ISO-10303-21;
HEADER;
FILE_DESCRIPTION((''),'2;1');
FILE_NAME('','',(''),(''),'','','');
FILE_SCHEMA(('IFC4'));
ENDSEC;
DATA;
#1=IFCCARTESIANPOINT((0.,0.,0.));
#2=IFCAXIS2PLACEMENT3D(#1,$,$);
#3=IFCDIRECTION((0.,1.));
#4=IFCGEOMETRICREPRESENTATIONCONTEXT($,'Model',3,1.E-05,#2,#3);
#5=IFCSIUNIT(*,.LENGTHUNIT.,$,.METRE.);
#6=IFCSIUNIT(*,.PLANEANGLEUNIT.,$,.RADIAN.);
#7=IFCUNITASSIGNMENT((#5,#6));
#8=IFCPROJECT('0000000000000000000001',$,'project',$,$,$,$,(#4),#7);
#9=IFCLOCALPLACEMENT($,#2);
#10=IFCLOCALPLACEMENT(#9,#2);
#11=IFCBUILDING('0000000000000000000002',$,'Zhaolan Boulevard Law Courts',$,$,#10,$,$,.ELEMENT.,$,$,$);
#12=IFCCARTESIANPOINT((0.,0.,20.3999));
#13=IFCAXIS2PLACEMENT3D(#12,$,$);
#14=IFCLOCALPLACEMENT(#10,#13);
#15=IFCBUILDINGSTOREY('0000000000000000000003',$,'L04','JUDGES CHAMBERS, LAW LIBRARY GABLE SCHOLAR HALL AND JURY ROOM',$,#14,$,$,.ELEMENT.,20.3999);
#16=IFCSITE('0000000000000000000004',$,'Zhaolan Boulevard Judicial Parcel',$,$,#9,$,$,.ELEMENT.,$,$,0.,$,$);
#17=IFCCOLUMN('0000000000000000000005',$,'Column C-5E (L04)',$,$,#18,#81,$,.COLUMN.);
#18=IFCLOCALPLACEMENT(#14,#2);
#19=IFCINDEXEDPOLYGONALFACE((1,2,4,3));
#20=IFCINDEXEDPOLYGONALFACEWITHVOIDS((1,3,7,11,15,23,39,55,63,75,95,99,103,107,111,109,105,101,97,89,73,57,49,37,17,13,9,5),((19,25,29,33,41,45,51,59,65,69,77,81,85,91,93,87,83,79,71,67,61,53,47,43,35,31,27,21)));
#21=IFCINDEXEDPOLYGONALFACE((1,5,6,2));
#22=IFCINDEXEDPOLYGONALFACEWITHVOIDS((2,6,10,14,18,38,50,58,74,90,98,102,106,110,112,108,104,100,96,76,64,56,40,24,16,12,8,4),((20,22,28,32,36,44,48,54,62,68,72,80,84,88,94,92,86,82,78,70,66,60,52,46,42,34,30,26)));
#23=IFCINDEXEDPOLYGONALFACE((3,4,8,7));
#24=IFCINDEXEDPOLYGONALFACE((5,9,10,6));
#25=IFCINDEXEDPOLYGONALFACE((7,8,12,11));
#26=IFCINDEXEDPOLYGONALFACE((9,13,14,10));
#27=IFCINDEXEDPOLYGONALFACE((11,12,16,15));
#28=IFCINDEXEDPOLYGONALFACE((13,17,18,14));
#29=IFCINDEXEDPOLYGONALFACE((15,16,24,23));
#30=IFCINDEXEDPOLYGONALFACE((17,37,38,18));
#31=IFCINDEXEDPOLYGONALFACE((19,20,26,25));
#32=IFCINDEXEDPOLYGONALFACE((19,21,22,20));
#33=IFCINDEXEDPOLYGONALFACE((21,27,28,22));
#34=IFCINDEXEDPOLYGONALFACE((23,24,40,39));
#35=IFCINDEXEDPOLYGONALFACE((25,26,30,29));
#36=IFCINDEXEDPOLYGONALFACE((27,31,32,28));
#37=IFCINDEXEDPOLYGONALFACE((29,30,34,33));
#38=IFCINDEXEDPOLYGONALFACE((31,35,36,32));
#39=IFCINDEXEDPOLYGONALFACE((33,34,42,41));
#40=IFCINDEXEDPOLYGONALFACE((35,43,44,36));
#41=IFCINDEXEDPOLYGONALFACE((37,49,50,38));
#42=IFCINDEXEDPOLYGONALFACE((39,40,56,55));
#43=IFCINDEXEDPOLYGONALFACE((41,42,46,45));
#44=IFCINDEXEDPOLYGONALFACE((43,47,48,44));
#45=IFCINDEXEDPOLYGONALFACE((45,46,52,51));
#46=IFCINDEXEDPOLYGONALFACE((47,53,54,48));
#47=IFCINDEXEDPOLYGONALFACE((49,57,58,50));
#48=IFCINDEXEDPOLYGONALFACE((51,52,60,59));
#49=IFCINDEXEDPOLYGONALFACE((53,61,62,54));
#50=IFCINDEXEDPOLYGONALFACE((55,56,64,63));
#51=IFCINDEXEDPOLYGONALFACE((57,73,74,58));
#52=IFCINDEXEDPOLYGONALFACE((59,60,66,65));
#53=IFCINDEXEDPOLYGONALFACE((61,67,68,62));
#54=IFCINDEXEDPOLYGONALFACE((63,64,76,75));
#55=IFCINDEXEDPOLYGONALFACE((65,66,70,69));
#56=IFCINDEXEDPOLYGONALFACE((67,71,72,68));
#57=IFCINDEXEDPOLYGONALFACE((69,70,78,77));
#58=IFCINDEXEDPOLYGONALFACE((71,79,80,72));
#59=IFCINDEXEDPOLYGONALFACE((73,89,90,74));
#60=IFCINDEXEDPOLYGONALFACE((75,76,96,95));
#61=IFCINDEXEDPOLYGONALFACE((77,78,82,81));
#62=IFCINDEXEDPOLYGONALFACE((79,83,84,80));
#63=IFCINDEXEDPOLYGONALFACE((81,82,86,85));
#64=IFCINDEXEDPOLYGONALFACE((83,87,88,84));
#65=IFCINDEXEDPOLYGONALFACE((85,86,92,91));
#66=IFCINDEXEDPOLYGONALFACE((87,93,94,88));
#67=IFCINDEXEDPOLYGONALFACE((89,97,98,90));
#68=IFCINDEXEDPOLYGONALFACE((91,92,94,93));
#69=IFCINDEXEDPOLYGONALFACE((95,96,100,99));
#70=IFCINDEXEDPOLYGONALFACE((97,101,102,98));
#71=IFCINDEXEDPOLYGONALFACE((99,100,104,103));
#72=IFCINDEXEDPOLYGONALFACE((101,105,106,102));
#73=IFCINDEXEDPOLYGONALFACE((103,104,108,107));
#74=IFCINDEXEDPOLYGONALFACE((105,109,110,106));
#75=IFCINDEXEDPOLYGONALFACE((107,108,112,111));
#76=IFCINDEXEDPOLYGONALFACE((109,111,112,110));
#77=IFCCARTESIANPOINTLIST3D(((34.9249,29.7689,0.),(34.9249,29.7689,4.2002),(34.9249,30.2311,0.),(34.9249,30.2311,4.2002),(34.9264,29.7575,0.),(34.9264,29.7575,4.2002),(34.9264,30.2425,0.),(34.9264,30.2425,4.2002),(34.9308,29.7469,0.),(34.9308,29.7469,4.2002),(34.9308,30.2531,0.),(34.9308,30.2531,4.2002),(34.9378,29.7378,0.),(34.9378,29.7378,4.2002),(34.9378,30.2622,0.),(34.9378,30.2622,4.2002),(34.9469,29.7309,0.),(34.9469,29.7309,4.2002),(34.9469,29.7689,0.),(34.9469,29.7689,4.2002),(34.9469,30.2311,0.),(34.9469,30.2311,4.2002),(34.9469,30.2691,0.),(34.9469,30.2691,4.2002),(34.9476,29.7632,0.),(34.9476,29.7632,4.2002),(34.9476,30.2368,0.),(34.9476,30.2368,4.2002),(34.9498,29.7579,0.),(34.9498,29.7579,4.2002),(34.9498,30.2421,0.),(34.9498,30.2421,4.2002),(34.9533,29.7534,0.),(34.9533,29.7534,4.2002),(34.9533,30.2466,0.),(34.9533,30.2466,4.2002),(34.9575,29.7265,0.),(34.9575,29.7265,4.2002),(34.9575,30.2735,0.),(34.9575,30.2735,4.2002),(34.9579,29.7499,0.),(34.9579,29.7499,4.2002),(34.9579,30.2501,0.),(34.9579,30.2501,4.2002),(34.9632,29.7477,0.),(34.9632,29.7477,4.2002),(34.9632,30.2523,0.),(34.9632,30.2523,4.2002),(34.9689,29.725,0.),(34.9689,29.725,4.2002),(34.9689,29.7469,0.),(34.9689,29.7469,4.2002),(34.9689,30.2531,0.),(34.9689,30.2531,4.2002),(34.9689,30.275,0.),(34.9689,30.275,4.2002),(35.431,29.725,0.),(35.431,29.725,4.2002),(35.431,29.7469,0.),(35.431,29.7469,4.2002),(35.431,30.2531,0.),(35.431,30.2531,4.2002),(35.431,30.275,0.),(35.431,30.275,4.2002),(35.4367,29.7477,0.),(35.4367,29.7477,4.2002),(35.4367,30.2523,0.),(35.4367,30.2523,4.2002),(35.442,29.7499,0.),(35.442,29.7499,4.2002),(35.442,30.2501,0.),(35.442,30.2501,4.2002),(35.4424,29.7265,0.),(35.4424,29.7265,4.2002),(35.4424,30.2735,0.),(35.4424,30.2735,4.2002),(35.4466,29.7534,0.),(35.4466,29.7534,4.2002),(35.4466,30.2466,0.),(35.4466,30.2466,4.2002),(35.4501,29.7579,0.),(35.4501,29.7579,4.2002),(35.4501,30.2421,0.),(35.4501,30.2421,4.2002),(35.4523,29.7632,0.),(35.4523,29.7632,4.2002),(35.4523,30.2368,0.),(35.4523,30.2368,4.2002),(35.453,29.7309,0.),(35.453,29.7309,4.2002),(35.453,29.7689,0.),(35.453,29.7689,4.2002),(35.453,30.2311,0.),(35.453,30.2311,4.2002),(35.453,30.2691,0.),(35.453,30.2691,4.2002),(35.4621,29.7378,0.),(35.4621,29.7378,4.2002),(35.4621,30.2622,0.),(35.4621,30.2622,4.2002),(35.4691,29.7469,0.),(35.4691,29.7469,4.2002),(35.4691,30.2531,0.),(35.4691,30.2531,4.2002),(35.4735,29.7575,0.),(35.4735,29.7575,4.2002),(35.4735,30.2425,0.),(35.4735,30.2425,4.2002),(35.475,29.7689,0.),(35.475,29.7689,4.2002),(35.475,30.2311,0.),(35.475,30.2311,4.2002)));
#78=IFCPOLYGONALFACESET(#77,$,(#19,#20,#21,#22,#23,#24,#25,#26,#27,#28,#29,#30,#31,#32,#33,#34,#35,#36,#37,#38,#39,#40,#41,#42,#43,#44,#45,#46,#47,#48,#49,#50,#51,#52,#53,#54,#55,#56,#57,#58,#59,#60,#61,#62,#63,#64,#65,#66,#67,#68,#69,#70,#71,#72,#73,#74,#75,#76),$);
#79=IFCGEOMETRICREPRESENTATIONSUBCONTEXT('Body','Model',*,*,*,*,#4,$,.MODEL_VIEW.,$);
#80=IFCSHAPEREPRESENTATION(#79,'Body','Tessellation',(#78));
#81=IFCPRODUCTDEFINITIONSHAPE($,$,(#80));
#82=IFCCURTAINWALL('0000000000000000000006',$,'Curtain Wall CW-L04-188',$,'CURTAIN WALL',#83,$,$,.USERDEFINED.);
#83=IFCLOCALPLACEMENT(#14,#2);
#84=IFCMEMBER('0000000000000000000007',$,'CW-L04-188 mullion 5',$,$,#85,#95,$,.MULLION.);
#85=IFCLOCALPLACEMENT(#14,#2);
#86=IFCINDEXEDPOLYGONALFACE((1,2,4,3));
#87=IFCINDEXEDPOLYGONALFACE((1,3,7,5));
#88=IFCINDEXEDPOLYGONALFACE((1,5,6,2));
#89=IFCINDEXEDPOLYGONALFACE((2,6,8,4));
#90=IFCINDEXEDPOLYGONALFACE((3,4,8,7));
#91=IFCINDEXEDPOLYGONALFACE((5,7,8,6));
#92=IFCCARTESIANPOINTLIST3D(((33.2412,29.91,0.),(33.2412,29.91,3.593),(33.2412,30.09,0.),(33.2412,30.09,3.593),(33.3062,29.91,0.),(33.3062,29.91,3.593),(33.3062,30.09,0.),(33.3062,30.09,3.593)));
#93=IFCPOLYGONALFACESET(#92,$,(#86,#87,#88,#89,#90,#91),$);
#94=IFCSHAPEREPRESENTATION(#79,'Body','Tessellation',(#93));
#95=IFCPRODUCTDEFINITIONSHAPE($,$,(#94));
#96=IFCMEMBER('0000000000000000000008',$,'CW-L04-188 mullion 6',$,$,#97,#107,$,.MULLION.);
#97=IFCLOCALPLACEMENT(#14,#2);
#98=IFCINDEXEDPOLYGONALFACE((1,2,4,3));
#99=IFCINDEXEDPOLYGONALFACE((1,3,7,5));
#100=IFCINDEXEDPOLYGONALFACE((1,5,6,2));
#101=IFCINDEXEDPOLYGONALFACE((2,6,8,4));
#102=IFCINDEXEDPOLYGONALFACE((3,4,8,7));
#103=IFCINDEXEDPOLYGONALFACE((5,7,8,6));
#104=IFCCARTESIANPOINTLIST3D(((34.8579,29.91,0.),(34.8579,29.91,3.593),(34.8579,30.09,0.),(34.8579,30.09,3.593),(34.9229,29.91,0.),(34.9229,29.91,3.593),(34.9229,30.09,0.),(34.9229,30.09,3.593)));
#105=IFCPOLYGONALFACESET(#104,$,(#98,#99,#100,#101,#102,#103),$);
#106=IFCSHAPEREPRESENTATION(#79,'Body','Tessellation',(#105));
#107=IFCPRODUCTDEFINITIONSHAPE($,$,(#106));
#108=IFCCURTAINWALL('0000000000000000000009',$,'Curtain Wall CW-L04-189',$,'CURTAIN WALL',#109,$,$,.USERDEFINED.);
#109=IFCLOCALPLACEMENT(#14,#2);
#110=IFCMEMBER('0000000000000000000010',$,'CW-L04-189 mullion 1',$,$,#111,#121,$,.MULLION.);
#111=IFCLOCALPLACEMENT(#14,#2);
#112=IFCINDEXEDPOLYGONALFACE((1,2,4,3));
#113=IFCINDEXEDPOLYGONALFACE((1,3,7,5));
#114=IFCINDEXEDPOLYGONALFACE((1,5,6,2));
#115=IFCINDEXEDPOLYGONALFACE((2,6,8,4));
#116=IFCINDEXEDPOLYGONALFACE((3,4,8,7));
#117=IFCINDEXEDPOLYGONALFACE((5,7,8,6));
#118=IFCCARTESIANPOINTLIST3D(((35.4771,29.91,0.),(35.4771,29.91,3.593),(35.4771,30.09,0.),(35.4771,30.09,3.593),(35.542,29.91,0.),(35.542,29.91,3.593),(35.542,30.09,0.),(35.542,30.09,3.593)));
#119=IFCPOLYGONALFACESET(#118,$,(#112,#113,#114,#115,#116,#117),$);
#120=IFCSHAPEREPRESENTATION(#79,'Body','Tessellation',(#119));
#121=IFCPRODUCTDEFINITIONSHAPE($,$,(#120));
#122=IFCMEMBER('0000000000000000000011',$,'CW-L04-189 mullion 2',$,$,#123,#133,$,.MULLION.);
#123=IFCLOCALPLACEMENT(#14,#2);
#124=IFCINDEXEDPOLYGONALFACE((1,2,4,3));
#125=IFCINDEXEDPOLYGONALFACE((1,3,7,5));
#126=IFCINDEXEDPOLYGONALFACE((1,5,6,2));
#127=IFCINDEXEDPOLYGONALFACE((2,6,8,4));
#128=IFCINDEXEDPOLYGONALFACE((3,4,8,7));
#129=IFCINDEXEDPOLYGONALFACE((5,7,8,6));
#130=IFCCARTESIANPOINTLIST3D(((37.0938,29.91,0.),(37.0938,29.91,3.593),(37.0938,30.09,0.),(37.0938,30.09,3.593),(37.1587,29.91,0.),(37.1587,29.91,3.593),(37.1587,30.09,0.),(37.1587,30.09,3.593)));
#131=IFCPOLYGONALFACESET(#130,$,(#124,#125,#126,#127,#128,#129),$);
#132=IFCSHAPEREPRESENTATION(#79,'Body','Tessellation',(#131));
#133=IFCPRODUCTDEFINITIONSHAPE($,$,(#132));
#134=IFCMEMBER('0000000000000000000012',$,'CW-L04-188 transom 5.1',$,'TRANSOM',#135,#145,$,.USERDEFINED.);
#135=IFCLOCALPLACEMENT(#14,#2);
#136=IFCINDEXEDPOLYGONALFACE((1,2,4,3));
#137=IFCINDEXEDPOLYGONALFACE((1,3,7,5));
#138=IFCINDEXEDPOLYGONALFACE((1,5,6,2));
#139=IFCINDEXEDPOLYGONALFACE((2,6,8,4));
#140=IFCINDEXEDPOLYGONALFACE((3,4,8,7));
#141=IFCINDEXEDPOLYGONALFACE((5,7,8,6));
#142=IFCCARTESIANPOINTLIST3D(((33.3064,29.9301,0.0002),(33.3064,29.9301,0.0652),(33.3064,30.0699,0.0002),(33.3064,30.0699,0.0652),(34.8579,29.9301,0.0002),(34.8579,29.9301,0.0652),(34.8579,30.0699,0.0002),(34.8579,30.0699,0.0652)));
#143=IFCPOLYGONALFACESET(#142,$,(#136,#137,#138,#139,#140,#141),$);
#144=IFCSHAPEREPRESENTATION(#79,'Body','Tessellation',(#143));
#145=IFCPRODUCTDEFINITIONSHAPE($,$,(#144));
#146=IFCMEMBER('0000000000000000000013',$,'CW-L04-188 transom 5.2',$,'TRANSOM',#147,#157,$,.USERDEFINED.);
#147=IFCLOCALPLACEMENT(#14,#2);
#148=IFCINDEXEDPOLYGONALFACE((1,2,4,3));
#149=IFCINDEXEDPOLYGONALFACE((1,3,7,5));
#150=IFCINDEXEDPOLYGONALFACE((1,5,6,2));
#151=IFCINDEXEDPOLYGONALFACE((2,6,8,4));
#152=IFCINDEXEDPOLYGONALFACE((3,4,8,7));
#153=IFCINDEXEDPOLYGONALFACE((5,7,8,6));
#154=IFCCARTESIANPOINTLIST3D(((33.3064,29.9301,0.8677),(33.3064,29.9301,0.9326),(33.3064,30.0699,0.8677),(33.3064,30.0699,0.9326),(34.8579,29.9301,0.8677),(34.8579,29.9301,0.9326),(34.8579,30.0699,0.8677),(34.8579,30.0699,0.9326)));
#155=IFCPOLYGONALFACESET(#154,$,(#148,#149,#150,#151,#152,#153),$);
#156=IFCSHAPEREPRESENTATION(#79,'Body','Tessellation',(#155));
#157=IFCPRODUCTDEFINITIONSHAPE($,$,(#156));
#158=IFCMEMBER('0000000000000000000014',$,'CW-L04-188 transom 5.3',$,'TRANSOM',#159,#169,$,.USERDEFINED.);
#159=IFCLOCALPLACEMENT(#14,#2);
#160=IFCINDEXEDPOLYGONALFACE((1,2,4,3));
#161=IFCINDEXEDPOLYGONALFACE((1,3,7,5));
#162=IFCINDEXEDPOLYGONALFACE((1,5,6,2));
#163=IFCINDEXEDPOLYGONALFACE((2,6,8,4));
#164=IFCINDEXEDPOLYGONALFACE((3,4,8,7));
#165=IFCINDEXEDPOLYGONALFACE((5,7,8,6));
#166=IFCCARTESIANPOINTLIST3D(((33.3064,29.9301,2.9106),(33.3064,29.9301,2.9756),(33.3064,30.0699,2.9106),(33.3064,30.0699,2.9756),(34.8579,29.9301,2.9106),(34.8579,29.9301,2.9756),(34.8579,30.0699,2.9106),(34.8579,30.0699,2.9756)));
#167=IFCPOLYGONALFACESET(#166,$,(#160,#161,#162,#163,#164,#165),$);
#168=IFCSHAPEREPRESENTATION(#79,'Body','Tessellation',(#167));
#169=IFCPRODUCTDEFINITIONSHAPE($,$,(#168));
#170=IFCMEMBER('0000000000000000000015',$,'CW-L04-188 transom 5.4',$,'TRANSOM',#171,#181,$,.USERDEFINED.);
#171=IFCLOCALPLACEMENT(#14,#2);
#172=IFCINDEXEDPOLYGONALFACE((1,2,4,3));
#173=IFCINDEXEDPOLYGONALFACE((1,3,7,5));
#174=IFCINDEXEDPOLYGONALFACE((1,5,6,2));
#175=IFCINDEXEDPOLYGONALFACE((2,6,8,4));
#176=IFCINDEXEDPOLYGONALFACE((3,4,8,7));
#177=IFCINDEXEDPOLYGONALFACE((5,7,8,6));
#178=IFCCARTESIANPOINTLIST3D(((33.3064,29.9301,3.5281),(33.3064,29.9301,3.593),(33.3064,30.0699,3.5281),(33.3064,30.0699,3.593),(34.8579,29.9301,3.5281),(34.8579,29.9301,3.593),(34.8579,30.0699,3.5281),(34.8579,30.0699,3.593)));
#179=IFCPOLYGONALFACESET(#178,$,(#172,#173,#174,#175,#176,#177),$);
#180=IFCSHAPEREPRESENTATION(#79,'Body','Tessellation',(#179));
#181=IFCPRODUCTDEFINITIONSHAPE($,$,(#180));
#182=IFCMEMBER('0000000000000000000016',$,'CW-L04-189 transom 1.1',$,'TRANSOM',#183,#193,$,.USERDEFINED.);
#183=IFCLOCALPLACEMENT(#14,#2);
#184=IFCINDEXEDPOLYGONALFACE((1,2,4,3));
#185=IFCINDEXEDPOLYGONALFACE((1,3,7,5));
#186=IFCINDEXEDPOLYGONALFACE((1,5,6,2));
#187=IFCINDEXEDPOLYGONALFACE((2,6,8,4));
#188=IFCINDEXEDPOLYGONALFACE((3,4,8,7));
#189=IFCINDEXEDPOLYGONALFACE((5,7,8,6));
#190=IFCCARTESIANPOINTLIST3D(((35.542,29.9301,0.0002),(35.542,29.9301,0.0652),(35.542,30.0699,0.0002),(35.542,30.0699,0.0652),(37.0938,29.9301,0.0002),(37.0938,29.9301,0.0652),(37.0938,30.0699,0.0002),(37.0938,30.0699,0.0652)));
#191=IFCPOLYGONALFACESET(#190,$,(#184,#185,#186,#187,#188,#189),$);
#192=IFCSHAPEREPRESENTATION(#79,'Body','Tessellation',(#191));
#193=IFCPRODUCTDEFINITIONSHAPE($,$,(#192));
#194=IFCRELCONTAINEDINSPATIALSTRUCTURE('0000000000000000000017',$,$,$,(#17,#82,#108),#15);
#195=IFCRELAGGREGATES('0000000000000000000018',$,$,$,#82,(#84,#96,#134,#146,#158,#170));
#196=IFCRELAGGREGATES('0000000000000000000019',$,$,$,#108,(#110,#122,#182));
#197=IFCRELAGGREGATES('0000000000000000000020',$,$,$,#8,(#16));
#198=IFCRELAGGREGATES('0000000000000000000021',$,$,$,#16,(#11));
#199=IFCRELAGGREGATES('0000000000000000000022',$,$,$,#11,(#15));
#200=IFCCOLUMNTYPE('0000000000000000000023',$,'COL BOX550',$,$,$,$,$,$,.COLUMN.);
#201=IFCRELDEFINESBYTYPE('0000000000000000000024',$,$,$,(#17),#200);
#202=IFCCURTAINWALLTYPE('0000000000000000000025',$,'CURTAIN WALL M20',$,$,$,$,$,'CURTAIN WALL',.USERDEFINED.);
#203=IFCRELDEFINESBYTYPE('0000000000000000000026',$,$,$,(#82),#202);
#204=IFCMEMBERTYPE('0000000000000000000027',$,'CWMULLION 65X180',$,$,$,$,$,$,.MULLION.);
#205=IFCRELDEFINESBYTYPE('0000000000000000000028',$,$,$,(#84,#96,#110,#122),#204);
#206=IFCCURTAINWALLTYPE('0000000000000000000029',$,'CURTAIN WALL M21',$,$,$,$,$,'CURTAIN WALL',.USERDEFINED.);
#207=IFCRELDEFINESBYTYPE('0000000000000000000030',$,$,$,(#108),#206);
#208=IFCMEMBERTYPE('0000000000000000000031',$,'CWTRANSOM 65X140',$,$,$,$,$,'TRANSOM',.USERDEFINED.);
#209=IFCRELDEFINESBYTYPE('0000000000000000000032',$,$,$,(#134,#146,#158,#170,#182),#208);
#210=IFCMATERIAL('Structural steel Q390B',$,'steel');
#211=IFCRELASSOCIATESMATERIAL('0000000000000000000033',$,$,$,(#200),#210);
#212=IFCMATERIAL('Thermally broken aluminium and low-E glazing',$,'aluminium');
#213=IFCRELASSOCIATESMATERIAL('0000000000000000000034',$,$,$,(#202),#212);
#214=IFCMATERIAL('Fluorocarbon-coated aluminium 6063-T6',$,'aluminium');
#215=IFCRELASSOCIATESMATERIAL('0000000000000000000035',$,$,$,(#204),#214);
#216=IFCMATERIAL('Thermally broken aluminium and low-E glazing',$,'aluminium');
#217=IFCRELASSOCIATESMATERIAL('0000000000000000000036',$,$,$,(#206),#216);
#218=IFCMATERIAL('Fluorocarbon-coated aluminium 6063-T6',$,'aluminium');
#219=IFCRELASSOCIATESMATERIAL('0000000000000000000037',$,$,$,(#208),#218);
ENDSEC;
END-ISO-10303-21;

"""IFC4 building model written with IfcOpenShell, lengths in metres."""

from ifc_helpers import new_model, si_unit, direction, frame, origin, origin_2d, place, context, subcontext, project, spatial, rectangle, hollow_rectangle, extrude, material, material_profile, profile_set, type_object, element, aggregate, save


model = new_model("IFC4")

# Units and contexts
model_context = context("Model", 3, precision=1e-05, world=origin(), true_north=direction((0.0, 1.0)))
body_context = subcontext(model_context, "Body", "Model", "MODEL_VIEW")
ifc_project = project(units=[si_unit("LENGTHUNIT", "METRE"), si_unit("PLANEANGLEUNIT", "RADIAN")], contexts=[model_context])

# Site, building, storey
site_placement = place(None, origin())
site = spatial("IfcSite", under=ifc_project, at=site_placement, Name="Zhaolan Boulevard Judicial Parcel", CompositionType="ELEMENT", RefElevation=0.0)
building_placement = place(site_placement, origin())
building = spatial("IfcBuilding", under=site, at=building_placement, Name="Zhaolan Boulevard Law Courts", CompositionType="ELEMENT")
storey_placement = place(building_placement, frame((0.0, 0.0, 20.3999)))
storey = spatial("IfcBuildingStorey", under=building, at=storey_placement, Name="L04", Description="JUDGES CHAMBERS, LAW LIBRARY GABLE SCHOLAR HALL AND JURY ROOM", CompositionType="ELEMENT", Elevation=20.3999)

# Column
ifc_material_1 = material(Name="Structural steel Q390B", Category="steel")
ifc_material_profile_1 = material_profile(ifc_material_1, hollow_rectangle(XDim=0.55, YDim=0.55, WallThickness=0.022, InnerFilletRadius=0.022, OuterFilletRadius=0.0439, at=origin_2d()), Name="BOX550x550x22")
ifc_profile_set_1 = profile_set([ifc_material_profile_1], Name="Structural steel Q390B")
column_type = type_object("IfcColumnType", Name="COL BOX550", PredefinedType="COLUMN", material=ifc_profile_set_1)
column_placement = place(storey_placement, frame((35.2, 30.0, 0.0), z_axis=(0.0, 0.0, 1.0), x_axis=(1.0, 0.0, 0.0)))
element("IfcColumn", 1, at=column_placement, inside=storey, type_object=column_type, Name="Column C-5E (L04)", PredefinedType="COLUMN", context=body_context, shape_type="SweptSolid", body=[
    extrude(hollow_rectangle(XDim=0.55, YDim=0.55, WallThickness=0.022, InnerFilletRadius=0.022, OuterFilletRadius=0.0439, at=origin_2d()), origin(), (0.0, 0.0, 1.0), 4.2002),
])

# Curtain walls, members
ifc_material_2 = material(Name="Thermally broken aluminium and low-E glazing", Category="aluminium")
curtain_wall_type_1 = type_object("IfcCurtainWallType", Name="CURTAIN WALL M20", ElementType="CURTAIN WALL", PredefinedType="USERDEFINED", material=ifc_material_2)
curtain_wall_1_placement = place(storey_placement, origin())
curtain_wall_1 = element("IfcCurtainWall", 2, at=curtain_wall_1_placement, inside=storey, type_object=curtain_wall_type_1, Name="Curtain Wall CW-L04-188", ObjectType="CURTAIN WALL", PredefinedType="USERDEFINED")
ifc_material_3 = material(Name="Fluorocarbon-coated aluminium 6063-T6", Category="aluminium")
ifc_material_profile_2 = material_profile(ifc_material_3, rectangle(XDim=0.1799, YDim=0.0649, at=origin_2d()), Name="AL65x180")
ifc_profile_set_2 = profile_set([ifc_material_profile_2], Name="Fluorocarbon-coated aluminium 6063-T6")
member_type_1 = type_object("IfcMemberType", Name="CWMULLION 65X180", PredefinedType="MULLION", material=ifc_profile_set_2)
member_1_placement = place(storey_placement, frame((33.2737, 30.0, 0.0), z_axis=(0.0, 0.0, 1.0), x_axis=(0.0, 1.0, 0.0)))
member_1 = element("IfcMember", 3, at=member_1_placement, type_object=member_type_1, Name="CW-L04-188 mullion 5", PredefinedType="MULLION", context=body_context, shape_type="SweptSolid", body=[
    extrude(rectangle(XDim=0.1799, YDim=0.0649, at=origin_2d()), origin(), (0.0, 0.0, 1.0), 3.593),
])
member_2_placement = place(storey_placement, frame((34.8904, 30.0, 0.0), z_axis=(0.0, 0.0, 1.0), x_axis=(0.0, 1.0, 0.0)))
member_2 = element("IfcMember", 4, at=member_2_placement, type_object=member_type_1, Name="CW-L04-188 mullion 6", PredefinedType="MULLION", context=body_context, shape_type="SweptSolid", body=[
    extrude(rectangle(XDim=0.1799, YDim=0.0649, at=origin_2d()), origin(), (0.0, 0.0, 1.0), 3.593),
])
ifc_material_4 = material(Name="Thermally broken aluminium and low-E glazing", Category="aluminium")
curtain_wall_type_2 = type_object("IfcCurtainWallType", Name="CURTAIN WALL M21", ElementType="CURTAIN WALL", PredefinedType="USERDEFINED", material=ifc_material_4)
curtain_wall_2_placement = place(storey_placement, origin())
curtain_wall_2 = element("IfcCurtainWall", 5, at=curtain_wall_2_placement, inside=storey, type_object=curtain_wall_type_2, Name="Curtain Wall CW-L04-189", ObjectType="CURTAIN WALL", PredefinedType="USERDEFINED")
member_3_placement = place(storey_placement, frame((35.5095, 30.0, 0.0), z_axis=(0.0, 0.0, 1.0), x_axis=(0.0, 1.0, 0.0)))
member_3 = element("IfcMember", 6, at=member_3_placement, type_object=member_type_1, Name="CW-L04-189 mullion 1", PredefinedType="MULLION", context=body_context, shape_type="SweptSolid", body=[
    extrude(rectangle(XDim=0.1799, YDim=0.0649, at=origin_2d()), origin(), (0.0, 0.0, 1.0), 3.593),
])
member_4_placement = place(storey_placement, frame((37.1262, 30.0, 0.0), z_axis=(0.0, 0.0, 1.0), x_axis=(0.0, 1.0, 0.0)))
member_4 = element("IfcMember", 7, at=member_4_placement, type_object=member_type_1, Name="CW-L04-189 mullion 2", PredefinedType="MULLION", context=body_context, shape_type="SweptSolid", body=[
    extrude(rectangle(XDim=0.1799, YDim=0.0649, at=origin_2d()), origin(), (0.0, 0.0, 1.0), 3.593),
])

# Members
ifc_material_5 = material(Name="Fluorocarbon-coated aluminium 6063-T6", Category="aluminium")
ifc_material_profile_3 = material_profile(ifc_material_5, rectangle(XDim=0.1399, YDim=0.0649, at=origin_2d()), Name="AL65x140")
ifc_profile_set_3 = profile_set([ifc_material_profile_3], Name="Fluorocarbon-coated aluminium 6063-T6")
member_type_2 = type_object("IfcMemberType", Name="CWTRANSOM 65X140", ElementType="TRANSOM", PredefinedType="USERDEFINED", material=ifc_profile_set_3)
member_5_placement = place(storey_placement, frame((33.3064, 30.0, 0.0327), z_axis=(1.0, 0.0, 0.0), x_axis=(0.0, 1.0, 0.0)))
member_5 = element("IfcMember", 8, at=member_5_placement, type_object=member_type_2, Name="CW-L04-188 transom 5.1", ObjectType="TRANSOM", PredefinedType="USERDEFINED", context=body_context, shape_type="SweptSolid", body=[
    extrude(rectangle(XDim=0.1399, YDim=0.0649, at=origin_2d()), origin(), (0.0, 0.0, 1.0), 1.5515),
])
member_6_placement = place(storey_placement, frame((33.3064, 30.0, 0.9001), z_axis=(1.0, 0.0, 0.0), x_axis=(0.0, 1.0, 0.0)))
member_6 = element("IfcMember", 9, at=member_6_placement, type_object=member_type_2, Name="CW-L04-188 transom 5.2", ObjectType="TRANSOM", PredefinedType="USERDEFINED", context=body_context, shape_type="SweptSolid", body=[
    extrude(rectangle(XDim=0.1399, YDim=0.0649, at=origin_2d()), origin(), (0.0, 0.0, 1.0), 1.5515),
])
member_7_placement = place(storey_placement, frame((33.3064, 30.0, 2.9431), z_axis=(1.0, 0.0, 0.0), x_axis=(0.0, 1.0, 0.0)))
member_7 = element("IfcMember", 10, at=member_7_placement, type_object=member_type_2, Name="CW-L04-188 transom 5.3", ObjectType="TRANSOM", PredefinedType="USERDEFINED", context=body_context, shape_type="SweptSolid", body=[
    extrude(rectangle(XDim=0.1399, YDim=0.0649, at=origin_2d()), origin(), (0.0, 0.0, 1.0), 1.5515),
])
member_8_placement = place(storey_placement, frame((33.3064, 30.0, 3.5605), z_axis=(1.0, 0.0, 0.0), x_axis=(0.0, 1.0, 0.0)))
member_8 = element("IfcMember", 11, at=member_8_placement, type_object=member_type_2, Name="CW-L04-188 transom 5.4", ObjectType="TRANSOM", PredefinedType="USERDEFINED", context=body_context, shape_type="SweptSolid", body=[
    extrude(rectangle(XDim=0.1399, YDim=0.0649, at=origin_2d()), origin(), (0.0, 0.0, 1.0), 1.5515),
])
member_9_placement = place(storey_placement, frame((35.542, 30.0, 0.0327), z_axis=(1.0, 0.0, 0.0), x_axis=(0.0, 1.0, 0.0)))
member_9 = element("IfcMember", 12, at=member_9_placement, type_object=member_type_2, Name="CW-L04-189 transom 1.1", ObjectType="TRANSOM", PredefinedType="USERDEFINED", context=body_context, shape_type="SweptSolid", body=[
    extrude(rectangle(XDim=0.1399, YDim=0.0649, at=origin_2d()), origin(), (0.0, 0.0, 1.0), 1.5518),
])

aggregate(curtain_wall_1, [member_1, member_2, member_5, member_6, member_7, member_8])
aggregate(curtain_wall_2, [member_3, member_4, member_9])

save(model, "model.ifc")
